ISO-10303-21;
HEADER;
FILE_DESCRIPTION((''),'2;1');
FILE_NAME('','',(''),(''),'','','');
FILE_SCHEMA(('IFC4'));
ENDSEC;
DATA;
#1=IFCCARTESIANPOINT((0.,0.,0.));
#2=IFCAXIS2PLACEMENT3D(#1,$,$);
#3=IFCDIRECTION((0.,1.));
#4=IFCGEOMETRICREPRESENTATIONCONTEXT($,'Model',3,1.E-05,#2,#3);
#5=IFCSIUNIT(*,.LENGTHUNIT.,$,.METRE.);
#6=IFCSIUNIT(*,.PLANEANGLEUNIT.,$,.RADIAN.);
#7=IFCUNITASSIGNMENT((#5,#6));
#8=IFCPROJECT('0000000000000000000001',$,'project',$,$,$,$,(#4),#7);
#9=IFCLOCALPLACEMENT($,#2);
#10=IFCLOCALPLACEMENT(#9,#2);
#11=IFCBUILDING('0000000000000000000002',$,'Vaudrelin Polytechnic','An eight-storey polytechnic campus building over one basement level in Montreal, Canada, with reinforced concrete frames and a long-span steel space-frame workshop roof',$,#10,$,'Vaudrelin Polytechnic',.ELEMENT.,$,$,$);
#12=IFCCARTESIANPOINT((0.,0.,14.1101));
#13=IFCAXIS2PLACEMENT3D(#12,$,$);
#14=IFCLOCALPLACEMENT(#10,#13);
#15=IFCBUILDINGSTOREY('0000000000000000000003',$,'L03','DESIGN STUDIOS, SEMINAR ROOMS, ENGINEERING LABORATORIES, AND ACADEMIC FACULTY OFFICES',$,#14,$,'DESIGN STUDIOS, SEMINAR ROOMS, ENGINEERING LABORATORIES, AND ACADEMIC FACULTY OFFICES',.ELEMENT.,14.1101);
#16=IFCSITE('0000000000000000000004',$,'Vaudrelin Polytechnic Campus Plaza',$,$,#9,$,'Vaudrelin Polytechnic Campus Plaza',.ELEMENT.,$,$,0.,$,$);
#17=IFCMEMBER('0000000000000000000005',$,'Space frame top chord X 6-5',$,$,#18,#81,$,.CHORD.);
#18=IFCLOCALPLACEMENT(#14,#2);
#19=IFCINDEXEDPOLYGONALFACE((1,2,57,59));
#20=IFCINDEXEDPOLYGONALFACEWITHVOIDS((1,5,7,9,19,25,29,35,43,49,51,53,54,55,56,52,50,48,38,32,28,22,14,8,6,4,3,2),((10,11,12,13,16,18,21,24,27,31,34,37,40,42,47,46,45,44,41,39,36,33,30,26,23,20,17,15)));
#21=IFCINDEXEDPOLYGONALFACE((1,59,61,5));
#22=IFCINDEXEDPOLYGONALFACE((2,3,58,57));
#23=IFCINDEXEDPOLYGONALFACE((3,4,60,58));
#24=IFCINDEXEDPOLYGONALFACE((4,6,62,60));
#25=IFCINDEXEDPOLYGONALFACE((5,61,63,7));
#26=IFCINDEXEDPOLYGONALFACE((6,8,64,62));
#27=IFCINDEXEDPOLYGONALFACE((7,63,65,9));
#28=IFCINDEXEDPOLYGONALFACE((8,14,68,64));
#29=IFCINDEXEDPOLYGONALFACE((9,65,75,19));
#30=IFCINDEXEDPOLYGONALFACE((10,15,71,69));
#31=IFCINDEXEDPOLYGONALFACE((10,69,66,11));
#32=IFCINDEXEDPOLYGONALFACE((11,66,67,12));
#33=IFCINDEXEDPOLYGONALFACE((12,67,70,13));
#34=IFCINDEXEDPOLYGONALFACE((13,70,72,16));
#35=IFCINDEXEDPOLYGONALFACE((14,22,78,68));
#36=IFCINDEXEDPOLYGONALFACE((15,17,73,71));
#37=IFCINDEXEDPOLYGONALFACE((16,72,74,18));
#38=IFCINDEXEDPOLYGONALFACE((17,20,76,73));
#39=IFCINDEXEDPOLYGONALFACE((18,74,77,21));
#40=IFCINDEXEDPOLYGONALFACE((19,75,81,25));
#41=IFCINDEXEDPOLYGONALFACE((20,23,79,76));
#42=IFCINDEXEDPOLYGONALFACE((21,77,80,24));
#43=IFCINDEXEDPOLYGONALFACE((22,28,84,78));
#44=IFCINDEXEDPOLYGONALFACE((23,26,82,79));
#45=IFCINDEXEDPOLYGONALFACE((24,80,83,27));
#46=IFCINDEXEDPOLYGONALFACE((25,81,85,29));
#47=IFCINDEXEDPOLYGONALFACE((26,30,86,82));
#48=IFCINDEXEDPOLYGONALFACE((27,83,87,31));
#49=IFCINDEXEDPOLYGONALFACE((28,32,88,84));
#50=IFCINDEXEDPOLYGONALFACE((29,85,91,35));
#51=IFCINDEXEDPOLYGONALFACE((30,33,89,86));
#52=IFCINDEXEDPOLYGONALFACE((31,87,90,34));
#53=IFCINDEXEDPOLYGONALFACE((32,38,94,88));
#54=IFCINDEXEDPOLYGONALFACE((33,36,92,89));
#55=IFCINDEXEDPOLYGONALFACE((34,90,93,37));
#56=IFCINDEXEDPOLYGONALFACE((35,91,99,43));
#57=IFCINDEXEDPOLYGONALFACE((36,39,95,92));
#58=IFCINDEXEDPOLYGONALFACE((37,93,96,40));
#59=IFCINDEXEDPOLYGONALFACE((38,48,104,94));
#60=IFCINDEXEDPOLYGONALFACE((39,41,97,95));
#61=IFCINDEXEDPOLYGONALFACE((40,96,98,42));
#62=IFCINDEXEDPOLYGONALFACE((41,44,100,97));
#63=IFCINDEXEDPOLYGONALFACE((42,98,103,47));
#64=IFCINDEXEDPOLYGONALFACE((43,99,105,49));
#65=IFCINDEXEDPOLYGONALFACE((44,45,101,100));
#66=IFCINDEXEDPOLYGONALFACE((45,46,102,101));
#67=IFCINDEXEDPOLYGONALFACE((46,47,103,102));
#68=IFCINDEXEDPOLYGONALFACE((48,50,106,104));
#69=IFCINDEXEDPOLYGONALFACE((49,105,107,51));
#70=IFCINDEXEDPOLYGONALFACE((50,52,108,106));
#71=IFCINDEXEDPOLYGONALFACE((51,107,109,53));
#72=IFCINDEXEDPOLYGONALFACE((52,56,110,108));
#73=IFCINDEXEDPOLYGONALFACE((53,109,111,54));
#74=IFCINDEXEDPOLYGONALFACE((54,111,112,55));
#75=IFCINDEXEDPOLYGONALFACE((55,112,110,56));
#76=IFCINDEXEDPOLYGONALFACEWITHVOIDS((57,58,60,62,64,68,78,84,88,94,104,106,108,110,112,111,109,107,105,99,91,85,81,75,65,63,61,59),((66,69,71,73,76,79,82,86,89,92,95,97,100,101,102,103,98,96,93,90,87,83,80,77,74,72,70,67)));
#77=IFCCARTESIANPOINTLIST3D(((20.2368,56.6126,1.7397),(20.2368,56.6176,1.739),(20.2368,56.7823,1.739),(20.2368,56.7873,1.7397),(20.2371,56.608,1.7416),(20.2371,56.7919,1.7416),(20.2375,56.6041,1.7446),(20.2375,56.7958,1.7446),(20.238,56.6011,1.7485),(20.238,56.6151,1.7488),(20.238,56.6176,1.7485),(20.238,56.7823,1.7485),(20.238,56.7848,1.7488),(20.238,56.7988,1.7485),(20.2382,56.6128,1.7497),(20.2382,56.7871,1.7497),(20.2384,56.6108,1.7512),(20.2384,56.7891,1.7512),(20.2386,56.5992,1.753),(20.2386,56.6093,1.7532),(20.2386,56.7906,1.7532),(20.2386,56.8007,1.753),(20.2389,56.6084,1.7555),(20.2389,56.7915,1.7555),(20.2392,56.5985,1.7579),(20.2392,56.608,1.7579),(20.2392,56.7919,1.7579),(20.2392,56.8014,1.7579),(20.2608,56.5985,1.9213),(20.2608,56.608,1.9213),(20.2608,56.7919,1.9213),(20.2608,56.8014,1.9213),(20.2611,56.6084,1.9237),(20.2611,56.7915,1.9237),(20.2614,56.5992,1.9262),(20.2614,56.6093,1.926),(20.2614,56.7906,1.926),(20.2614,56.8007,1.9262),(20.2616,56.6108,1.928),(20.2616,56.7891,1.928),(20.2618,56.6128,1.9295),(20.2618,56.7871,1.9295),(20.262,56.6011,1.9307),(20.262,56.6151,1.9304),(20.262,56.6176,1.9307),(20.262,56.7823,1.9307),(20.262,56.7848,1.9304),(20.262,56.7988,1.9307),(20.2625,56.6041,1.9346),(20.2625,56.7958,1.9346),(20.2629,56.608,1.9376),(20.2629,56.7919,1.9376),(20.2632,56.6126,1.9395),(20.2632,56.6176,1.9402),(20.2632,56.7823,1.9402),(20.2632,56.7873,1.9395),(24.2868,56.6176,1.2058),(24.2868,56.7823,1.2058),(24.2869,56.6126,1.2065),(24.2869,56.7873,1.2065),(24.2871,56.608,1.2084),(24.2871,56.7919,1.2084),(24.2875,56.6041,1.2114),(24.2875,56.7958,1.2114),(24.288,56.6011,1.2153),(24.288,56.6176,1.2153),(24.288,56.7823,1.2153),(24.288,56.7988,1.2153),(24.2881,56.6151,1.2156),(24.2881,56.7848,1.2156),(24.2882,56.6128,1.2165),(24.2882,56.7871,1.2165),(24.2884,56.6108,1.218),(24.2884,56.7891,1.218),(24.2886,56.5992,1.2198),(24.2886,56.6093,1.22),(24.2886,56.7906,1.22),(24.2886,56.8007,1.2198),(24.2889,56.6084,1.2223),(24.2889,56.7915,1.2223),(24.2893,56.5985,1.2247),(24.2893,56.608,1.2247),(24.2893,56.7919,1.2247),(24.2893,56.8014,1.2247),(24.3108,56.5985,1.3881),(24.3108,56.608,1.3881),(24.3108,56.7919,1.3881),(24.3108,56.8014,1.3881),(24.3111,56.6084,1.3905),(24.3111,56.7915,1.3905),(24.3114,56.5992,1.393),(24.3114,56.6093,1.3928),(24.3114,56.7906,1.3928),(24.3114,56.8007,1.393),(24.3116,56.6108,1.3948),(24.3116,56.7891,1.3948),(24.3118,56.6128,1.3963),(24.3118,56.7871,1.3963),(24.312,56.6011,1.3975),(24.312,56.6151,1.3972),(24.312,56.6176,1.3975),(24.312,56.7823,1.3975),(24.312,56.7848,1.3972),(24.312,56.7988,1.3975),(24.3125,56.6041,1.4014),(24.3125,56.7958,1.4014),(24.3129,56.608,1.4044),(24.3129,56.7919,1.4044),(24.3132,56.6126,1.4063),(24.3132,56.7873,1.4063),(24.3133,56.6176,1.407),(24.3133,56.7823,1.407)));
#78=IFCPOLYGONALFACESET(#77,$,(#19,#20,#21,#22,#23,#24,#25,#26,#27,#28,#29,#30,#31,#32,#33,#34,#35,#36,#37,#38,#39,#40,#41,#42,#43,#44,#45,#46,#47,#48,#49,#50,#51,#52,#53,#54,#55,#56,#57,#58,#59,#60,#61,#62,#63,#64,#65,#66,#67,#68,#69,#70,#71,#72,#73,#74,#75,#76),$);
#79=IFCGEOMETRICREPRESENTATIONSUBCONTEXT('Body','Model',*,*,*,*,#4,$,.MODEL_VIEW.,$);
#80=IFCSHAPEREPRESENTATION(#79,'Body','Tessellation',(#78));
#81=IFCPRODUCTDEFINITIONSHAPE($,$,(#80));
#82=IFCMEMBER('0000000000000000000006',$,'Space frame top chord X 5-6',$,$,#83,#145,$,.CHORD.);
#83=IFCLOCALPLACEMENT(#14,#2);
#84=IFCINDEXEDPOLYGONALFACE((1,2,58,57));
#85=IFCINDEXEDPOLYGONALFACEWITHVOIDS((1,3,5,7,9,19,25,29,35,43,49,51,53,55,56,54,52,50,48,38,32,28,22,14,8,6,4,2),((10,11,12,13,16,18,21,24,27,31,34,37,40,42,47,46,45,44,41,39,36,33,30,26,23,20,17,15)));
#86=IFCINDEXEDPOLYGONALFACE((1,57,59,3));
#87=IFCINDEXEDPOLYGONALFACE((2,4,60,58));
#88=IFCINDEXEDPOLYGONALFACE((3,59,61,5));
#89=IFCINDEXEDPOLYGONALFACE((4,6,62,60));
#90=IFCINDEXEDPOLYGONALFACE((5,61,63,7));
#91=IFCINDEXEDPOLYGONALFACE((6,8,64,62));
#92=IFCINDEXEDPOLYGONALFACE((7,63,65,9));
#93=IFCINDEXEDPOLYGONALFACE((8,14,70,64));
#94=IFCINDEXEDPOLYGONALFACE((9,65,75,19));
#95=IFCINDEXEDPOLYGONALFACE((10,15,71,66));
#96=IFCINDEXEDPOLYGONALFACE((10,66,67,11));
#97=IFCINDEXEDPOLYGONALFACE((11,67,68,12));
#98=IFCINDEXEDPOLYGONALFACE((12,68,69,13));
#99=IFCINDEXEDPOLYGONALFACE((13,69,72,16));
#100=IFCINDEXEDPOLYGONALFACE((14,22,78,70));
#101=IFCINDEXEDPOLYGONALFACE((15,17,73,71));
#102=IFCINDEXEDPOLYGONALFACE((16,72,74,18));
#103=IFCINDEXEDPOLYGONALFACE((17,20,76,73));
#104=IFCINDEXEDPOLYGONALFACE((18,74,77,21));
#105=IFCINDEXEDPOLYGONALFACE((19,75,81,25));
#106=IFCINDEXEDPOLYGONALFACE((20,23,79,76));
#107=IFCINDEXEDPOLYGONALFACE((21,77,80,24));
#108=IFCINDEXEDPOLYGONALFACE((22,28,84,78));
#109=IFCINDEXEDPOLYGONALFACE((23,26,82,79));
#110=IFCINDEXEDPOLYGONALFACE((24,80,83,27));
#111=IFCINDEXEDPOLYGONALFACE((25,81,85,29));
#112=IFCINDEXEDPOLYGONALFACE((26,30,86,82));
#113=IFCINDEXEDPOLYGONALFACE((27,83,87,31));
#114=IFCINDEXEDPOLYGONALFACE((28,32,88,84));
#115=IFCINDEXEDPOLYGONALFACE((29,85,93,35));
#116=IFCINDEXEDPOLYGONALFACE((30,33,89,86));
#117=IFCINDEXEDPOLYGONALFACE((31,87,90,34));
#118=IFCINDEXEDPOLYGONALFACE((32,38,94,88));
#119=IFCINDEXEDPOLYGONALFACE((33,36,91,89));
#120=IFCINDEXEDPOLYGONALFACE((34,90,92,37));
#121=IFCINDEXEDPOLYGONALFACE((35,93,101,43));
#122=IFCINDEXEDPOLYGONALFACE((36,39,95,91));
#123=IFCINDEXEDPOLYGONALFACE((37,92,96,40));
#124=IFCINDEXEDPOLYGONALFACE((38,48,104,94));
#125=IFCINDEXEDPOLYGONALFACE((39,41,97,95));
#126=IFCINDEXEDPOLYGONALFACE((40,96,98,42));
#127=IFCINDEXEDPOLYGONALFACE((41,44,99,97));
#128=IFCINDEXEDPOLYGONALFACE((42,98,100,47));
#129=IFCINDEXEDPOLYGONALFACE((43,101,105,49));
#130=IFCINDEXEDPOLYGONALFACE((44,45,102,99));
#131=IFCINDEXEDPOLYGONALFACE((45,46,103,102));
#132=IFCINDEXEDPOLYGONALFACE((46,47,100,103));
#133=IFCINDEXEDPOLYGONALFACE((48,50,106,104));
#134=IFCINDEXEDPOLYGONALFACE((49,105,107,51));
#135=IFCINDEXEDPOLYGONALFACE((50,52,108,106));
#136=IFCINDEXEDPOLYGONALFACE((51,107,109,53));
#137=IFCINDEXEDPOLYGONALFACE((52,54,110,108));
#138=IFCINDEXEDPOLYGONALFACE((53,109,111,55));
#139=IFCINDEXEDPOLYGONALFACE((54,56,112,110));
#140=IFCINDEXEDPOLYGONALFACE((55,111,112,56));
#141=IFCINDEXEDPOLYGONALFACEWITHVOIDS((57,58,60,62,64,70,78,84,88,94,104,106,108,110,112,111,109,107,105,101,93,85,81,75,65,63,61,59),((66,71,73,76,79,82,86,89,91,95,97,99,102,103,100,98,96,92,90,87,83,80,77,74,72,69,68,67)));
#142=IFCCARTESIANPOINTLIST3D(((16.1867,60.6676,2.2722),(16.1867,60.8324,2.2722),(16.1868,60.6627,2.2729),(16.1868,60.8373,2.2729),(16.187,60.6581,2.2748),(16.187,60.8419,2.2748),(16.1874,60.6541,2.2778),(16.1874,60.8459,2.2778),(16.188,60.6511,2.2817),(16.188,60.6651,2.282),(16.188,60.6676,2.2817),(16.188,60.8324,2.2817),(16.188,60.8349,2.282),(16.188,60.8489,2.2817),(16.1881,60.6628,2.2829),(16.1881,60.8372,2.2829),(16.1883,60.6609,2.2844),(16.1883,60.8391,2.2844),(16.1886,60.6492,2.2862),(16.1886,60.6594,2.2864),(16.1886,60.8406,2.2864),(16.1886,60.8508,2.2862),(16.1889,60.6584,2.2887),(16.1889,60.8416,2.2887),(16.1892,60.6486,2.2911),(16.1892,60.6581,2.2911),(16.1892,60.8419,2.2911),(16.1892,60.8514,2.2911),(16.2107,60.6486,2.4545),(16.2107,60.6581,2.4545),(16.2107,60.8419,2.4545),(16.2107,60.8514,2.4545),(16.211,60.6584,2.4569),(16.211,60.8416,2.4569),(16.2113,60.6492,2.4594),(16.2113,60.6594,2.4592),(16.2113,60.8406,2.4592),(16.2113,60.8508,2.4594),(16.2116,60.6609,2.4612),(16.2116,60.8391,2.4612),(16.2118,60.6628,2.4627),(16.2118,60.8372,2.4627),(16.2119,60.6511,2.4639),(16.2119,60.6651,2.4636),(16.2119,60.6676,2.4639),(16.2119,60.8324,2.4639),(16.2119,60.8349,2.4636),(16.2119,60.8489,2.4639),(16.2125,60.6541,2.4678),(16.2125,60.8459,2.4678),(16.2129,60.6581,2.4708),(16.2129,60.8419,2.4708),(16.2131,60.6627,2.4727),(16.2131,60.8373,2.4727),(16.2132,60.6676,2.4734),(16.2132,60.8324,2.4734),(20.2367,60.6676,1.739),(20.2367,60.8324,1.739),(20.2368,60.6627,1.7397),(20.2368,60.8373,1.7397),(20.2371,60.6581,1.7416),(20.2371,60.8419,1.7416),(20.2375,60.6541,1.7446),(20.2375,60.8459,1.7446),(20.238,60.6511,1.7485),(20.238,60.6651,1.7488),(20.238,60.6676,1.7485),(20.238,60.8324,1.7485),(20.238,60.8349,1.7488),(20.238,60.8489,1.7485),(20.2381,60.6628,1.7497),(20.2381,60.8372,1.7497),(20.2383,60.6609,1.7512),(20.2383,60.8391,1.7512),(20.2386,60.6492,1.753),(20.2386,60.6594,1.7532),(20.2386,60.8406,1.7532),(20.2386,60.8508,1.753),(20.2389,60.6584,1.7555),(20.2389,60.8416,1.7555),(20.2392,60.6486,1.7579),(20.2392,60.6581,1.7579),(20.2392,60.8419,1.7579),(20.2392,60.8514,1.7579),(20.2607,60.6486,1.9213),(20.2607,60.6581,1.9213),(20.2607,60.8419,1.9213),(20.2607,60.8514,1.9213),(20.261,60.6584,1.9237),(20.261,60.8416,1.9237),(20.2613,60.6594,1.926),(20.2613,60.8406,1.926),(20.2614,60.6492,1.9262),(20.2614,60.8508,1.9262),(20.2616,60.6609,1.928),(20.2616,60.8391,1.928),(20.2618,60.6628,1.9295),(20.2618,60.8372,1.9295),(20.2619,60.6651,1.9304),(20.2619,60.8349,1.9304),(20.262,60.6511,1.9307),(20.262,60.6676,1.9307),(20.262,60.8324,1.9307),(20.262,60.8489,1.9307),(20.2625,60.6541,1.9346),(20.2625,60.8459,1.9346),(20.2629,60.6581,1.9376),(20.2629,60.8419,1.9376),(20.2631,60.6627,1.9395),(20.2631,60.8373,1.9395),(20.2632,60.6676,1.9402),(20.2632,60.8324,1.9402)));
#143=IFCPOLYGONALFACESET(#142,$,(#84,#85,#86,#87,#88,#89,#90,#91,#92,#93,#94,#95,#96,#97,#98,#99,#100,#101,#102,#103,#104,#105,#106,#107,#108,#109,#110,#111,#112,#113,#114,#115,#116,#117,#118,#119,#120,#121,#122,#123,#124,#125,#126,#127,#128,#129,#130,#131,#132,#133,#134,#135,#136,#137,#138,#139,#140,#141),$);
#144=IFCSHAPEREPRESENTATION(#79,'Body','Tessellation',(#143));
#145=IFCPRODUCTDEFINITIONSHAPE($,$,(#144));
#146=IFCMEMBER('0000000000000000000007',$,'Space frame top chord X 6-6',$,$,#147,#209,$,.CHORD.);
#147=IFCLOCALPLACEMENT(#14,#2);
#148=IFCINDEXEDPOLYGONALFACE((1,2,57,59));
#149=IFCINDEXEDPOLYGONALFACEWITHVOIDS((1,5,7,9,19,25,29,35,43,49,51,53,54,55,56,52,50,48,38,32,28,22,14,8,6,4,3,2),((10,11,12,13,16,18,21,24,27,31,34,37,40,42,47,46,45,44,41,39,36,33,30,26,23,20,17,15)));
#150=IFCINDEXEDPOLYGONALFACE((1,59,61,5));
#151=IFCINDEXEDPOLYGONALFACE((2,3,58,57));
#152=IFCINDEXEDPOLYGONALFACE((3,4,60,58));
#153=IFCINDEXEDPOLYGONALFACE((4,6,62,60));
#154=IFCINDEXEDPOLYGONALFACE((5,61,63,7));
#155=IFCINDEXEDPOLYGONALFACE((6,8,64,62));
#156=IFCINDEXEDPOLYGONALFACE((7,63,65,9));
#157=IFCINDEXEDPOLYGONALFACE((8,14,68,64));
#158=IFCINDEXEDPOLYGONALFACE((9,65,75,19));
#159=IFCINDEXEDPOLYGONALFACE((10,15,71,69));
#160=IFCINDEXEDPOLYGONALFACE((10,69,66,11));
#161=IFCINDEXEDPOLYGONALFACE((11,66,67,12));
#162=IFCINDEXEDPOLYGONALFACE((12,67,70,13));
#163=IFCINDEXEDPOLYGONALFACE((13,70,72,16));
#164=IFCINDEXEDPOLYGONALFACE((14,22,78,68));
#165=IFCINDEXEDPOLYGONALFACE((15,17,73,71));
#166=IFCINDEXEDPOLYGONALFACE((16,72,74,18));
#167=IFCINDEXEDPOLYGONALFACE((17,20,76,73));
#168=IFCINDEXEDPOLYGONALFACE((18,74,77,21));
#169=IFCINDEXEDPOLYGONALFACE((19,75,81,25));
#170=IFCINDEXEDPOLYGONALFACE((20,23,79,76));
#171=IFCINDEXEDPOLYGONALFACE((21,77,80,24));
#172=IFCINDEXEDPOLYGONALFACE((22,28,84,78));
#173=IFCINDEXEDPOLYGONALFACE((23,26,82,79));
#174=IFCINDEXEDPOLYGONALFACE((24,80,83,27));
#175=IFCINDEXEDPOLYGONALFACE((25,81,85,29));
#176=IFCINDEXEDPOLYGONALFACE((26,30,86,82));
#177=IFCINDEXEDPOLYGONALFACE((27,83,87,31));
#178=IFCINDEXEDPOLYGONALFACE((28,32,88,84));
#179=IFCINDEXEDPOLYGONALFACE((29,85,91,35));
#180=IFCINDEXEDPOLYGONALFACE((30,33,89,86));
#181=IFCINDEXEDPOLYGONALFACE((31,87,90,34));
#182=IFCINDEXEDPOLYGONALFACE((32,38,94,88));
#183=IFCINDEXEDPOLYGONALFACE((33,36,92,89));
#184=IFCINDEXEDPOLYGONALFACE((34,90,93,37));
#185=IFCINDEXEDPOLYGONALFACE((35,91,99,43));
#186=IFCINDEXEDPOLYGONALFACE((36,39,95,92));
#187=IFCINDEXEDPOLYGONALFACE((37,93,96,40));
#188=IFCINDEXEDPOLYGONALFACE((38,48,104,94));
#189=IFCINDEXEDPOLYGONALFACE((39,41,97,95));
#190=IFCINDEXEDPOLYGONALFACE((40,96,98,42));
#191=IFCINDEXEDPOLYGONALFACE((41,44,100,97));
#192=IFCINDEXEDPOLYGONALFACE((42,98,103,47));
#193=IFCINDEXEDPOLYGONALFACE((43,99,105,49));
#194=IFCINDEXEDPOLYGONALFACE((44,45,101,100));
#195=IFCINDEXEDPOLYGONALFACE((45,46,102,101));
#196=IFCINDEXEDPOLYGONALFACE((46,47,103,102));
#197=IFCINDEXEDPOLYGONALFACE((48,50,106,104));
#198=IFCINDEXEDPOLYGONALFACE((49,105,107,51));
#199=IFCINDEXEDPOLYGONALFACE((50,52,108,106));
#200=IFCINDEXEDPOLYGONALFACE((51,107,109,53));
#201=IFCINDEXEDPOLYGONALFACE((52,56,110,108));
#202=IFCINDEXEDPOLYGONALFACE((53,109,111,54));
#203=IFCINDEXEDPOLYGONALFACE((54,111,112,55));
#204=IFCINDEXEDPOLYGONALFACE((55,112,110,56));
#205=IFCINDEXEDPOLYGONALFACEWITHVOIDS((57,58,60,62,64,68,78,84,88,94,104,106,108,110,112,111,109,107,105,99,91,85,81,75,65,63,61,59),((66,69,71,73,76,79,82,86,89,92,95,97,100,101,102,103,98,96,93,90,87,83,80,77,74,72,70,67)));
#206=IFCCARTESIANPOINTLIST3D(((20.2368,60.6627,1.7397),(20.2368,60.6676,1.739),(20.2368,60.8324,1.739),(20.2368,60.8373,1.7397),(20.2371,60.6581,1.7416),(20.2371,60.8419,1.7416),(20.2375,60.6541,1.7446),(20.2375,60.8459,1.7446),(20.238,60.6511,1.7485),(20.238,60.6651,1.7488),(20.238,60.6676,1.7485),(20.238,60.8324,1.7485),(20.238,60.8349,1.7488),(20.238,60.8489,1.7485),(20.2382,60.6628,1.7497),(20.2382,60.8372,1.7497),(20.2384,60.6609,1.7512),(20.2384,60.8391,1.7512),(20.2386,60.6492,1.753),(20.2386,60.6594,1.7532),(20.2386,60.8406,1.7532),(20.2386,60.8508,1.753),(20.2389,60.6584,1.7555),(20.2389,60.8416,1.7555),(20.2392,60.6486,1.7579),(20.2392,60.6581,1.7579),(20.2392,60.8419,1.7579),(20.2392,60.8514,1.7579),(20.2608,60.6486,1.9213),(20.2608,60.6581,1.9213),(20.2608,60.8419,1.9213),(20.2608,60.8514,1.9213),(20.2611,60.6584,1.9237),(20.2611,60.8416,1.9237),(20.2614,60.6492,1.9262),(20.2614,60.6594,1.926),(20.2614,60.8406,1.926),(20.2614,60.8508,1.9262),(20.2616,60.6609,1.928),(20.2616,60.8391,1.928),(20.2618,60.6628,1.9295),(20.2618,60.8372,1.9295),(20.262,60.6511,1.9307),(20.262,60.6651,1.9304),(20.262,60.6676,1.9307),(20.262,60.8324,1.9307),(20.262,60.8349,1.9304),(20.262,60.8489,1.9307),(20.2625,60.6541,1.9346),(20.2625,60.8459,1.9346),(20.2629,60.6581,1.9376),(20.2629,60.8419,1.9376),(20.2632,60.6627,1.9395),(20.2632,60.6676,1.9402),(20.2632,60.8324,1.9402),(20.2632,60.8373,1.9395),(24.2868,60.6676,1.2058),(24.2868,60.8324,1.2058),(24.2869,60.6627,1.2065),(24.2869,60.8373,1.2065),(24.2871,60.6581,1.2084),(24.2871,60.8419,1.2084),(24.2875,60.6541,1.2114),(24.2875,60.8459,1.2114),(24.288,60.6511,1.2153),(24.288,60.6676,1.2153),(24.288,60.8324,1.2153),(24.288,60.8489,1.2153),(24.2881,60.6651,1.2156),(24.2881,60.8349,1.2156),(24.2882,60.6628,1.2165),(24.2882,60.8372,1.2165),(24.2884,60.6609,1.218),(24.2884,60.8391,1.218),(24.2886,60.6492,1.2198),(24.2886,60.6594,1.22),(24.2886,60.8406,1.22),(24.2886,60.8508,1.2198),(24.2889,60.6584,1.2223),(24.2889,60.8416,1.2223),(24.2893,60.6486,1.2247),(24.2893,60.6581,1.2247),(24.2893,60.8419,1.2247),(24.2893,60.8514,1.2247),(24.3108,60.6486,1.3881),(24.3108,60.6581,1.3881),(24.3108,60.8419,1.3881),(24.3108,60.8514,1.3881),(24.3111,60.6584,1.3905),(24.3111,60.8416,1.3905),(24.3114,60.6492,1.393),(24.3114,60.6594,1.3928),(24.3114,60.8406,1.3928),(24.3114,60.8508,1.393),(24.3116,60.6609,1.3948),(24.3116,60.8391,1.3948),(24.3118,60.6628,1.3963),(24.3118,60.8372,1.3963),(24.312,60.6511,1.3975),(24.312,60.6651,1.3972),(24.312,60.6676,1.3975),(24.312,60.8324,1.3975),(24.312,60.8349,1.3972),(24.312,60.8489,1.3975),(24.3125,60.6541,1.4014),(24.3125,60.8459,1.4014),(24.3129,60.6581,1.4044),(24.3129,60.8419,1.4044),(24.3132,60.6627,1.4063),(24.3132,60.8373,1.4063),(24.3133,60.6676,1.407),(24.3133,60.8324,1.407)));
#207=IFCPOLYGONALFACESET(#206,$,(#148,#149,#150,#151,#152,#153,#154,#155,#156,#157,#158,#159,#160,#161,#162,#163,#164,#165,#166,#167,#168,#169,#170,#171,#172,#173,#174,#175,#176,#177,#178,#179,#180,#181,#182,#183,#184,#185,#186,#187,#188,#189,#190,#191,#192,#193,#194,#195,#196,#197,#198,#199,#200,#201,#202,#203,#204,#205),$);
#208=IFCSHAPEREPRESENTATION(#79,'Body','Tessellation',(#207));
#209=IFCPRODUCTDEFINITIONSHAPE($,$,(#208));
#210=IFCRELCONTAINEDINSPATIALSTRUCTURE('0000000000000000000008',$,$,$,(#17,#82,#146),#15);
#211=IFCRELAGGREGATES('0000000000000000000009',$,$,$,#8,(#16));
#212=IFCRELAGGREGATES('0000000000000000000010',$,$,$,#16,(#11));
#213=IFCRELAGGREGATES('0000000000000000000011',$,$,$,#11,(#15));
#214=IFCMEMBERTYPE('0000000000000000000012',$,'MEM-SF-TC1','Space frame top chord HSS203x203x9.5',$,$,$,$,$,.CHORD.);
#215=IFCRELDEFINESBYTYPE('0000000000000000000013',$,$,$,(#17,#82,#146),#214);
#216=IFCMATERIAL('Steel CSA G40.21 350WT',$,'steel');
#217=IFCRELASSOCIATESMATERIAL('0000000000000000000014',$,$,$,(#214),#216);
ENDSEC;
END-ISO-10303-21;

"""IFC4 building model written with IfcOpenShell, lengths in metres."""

from ifc_helpers import new_model, si_unit, direction, frame, origin, origin_2d, place, context, subcontext, project, spatial, hollow_rectangle, extrude, material, material_profile, profile_set, type_object, element, save


model = new_model("IFC4")

# Units and contexts
model_context = context("Model", 3, precision=1e-05, world=origin(), true_north=direction((0.0, 1.0)))
body_context = subcontext(model_context, "Body", "Model", "MODEL_VIEW")
ifc_project = project(units=[si_unit("LENGTHUNIT", "METRE"), si_unit("PLANEANGLEUNIT", "RADIAN")], contexts=[model_context])

# Site, building, storey
site_placement = place(None, origin())
site = spatial("IfcSite", under=ifc_project, at=site_placement, Name="Vaudrelin Polytechnic Campus Plaza", LongName="Vaudrelin Polytechnic Campus Plaza", CompositionType="ELEMENT", RefElevation=0.0)
building_placement = place(site_placement, origin())
building = spatial("IfcBuilding", under=site, at=building_placement, Name="Vaudrelin Polytechnic", Description="An eight-storey polytechnic campus building over one basement level in Montreal, Canada, with reinforced concrete frames and a long-span steel space-frame workshop roof", LongName="Vaudrelin Polytechnic", CompositionType="ELEMENT")
storey_placement = place(building_placement, frame((0.0, 0.0, 14.1101)))
storey = spatial("IfcBuildingStorey", under=building, at=storey_placement, Name="L03", Description="DESIGN STUDIOS, SEMINAR ROOMS, ENGINEERING LABORATORIES, AND ACADEMIC FACULTY OFFICES", LongName="DESIGN STUDIOS, SEMINAR ROOMS, ENGINEERING LABORATORIES, AND ACADEMIC FACULTY OFFICES", CompositionType="ELEMENT", Elevation=14.1101)

# Members
ifc_material = material(Name="Steel CSA G40.21 350WT", Category="steel")
ifc_material_profile_1 = material_profile(ifc_material, hollow_rectangle(XDim=0.2029, YDim=0.2029, WallThickness=0.0095, InnerFilletRadius=0.0095, OuterFilletRadius=0.019, at=origin_2d()), Name="HSS203x203x9.5")
ifc_profile_set_1 = profile_set([ifc_material_profile_1], Name="Steel CSA G40.21 350WT")
member_type_1 = type_object("IfcMemberType", Name="MEM-SF-TC1", Description="Space frame top chord HSS203x203x9.5", PredefinedType="CHORD", material=ifc_profile_set_1)
for number, where, z_axis, x_axis, name in (
    (1, (20.25, 56.7, 1.8396), (0.991445, 0.0, -0.130527), (0.0, 1.0, 0.0), "Space frame top chord X 6-5"),
    (2, (16.2, 60.75, 2.3728), (0.991445, 0.0, -0.130527), (0.0, 1.0, 0.0), "Space frame top chord X 5-6"),
    (3, (20.25, 60.75, 1.8396), (0.991445, 0.0, -0.130527), (0.0, 1.0, 0.0), "Space frame top chord X 6-6"),
):
    element("IfcMember", number, at=place(storey_placement, frame(where, z_axis=z_axis, x_axis=x_axis)), inside=storey, type_object=member_type_1, Name=name, PredefinedType="CHORD", context=body_context, shape_type="SweptSolid", body=[
        extrude(hollow_rectangle(XDim=0.2029, YDim=0.2029, WallThickness=0.0095, InnerFilletRadius=0.0095, OuterFilletRadius=0.019, at=origin_2d()), origin(), (0.0, 0.0, 1.0), 4.085),
    ])

save(model, "model.ifc")
